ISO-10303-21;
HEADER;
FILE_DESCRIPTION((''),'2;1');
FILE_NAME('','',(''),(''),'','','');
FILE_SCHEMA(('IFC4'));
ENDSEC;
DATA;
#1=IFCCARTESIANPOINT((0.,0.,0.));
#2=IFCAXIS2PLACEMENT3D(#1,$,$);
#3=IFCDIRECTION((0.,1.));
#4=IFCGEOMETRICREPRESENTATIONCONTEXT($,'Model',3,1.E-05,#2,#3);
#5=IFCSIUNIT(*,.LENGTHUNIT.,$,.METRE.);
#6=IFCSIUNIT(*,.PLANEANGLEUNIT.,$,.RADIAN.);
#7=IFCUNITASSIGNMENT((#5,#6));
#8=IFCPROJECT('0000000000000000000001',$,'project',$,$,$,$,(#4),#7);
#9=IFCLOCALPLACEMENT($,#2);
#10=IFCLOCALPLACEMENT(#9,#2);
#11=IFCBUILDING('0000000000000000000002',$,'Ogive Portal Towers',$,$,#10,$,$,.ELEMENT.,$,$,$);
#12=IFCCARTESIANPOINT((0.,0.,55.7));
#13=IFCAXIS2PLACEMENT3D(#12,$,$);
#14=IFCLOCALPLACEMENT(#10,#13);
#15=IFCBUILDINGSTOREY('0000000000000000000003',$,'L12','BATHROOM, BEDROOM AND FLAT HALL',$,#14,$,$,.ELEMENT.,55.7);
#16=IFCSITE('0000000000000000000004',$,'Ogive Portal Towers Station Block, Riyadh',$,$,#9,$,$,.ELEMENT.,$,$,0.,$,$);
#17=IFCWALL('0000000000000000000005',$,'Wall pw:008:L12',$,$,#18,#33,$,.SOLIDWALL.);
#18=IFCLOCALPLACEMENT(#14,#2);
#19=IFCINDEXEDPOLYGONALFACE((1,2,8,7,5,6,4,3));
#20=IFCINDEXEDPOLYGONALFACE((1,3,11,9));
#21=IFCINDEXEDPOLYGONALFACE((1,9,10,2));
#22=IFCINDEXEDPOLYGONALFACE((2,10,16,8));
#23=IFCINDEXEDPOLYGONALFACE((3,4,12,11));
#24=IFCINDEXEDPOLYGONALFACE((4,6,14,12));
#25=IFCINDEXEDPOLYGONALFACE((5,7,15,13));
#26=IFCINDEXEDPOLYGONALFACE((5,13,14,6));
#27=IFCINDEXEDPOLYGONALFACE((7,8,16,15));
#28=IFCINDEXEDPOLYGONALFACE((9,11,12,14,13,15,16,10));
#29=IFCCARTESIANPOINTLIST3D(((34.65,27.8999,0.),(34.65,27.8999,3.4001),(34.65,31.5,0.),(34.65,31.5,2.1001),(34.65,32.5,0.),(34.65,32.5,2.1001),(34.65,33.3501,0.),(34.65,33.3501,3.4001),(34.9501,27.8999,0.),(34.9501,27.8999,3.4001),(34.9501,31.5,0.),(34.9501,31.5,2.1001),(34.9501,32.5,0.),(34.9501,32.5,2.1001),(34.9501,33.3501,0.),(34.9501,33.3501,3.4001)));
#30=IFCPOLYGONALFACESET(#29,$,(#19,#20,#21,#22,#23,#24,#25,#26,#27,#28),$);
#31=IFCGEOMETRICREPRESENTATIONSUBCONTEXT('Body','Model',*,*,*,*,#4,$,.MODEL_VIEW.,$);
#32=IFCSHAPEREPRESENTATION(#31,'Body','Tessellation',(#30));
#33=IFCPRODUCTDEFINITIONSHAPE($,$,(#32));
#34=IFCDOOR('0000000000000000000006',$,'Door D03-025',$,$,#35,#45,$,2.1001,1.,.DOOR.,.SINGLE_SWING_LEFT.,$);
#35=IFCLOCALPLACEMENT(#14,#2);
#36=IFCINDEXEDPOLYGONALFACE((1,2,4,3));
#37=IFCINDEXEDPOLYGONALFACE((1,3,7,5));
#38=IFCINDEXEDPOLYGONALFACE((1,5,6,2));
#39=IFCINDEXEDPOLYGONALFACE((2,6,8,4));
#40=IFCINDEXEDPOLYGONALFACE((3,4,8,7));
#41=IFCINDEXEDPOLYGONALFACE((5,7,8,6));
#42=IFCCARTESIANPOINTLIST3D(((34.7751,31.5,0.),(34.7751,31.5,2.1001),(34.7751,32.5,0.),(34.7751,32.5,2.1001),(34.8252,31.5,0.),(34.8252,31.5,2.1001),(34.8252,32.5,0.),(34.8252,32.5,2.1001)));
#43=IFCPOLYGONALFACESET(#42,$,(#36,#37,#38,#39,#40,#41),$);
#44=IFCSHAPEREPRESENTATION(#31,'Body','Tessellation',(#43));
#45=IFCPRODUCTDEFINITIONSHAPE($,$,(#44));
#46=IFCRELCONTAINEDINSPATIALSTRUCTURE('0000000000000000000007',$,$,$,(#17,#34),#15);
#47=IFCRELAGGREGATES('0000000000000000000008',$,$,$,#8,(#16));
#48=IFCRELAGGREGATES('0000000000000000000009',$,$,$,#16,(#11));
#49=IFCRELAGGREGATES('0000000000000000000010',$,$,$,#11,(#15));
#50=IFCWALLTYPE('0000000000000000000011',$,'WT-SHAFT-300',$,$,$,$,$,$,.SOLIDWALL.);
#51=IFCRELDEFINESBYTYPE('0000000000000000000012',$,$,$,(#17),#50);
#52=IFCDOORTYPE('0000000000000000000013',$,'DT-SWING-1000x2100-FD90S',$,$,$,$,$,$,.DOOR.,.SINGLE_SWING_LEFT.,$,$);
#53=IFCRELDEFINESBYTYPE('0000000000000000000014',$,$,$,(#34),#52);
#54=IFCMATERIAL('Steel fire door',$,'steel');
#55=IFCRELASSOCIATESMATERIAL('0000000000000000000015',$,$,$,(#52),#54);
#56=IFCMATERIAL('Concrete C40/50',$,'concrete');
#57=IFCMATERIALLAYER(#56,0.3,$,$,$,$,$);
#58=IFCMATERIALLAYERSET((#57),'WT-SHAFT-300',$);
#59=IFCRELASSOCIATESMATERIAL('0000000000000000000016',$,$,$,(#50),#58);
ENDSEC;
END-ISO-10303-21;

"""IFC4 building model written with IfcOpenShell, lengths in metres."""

from ifc_helpers import new_model, si_unit, direction, frame, frame_2d, origin, place, context, subcontext, project, spatial, rectangle, extrude, material, layer, layer_set, type_object, element, fill, save


model = new_model("IFC4")

# Units and contexts
model_context = context("Model", 3, precision=1e-05, world=origin(), true_north=direction((0.0, 1.0)))
body_context = subcontext(model_context, "Body", "Model", "MODEL_VIEW")
ifc_project = project(units=[si_unit("LENGTHUNIT", "METRE"), si_unit("PLANEANGLEUNIT", "RADIAN")], contexts=[model_context])

# Site, building, storey
site_placement = place(None, origin())
site = spatial("IfcSite", under=ifc_project, at=site_placement, Name="Ogive Portal Towers Station Block, Riyadh", CompositionType="ELEMENT", RefElevation=0.0)
building_placement = place(site_placement, origin())
building = spatial("IfcBuilding", under=site, at=building_placement, Name="Ogive Portal Towers", CompositionType="ELEMENT")
storey_placement = place(building_placement, frame((0.0, 0.0, 55.7)))
storey = spatial("IfcBuildingStorey", under=building, at=storey_placement, Name="L12", Description="BATHROOM, BEDROOM AND FLAT HALL", CompositionType="ELEMENT", Elevation=55.7)

# Shared definitions
ifc_material_1 = material(Name="Steel fire door", Category="steel")
door_type_1 = type_object("IfcDoorType", Name="DT-SWING-1000x2100-FD90S", OperationType="SINGLE_SWING_LEFT", PredefinedType="DOOR", material=ifc_material_1)

# Shared definitions
ifc_material_2 = material(Name="Concrete C40/50", Category="concrete")
ifc_layer_1 = layer(ifc_material_2, 0.3)
ifc_layer_set_1 = layer_set([ifc_layer_1], Name="WT-SHAFT-300")
wall_type_1 = type_object("IfcWallType", Name="WT-SHAFT-300", PredefinedType="SOLIDWALL", material=ifc_layer_set_1)

# Wall, opening, door
wall_1_placement = place(storey_placement, frame((34.8, 27.8999, 0.0), z_axis=(0.0, 0.0, 1.0), x_axis=(0.0, 1.0, 0.0)))
wall_1 = element("IfcWall", 1, at=wall_1_placement, inside=storey, type_object=wall_type_1, Name="Wall pw:008:L12", PredefinedType="SOLIDWALL", context=body_context, shape_type="SweptSolid", body=[
    extrude(rectangle(XDim=5.4502, YDim=0.3, at=frame_2d((2.7251, 0.0))), origin(), (0.0, 0.0, 1.0), 3.4001),
])
opening_1_placement = place(wall_1_placement, frame((3.6001, 0.0, 0.0)))
opening_1 = element("IfcOpeningElement", 2, at=opening_1_placement, cuts=wall_1, PredefinedType="OPENING", context=body_context, shape_type="SweptSolid", body=[
    extrude(rectangle(XDim=1.0, YDim=2.1001, at=frame_2d((0.5, 1.05))), frame((0.0, 0.1602, 0.0), z_axis=(0.0, -1.0, 0.0), x_axis=(1.0, 0.0, 0.0)), (0.0, 0.0, 1.0), 0.3201),
])
door_1_placement = place(opening_1_placement, origin())
door_1 = element("IfcDoor", 3, at=door_1_placement, inside=storey, type_object=door_type_1, Name="Door D03-025", OperationType="SINGLE_SWING_LEFT", OverallHeight=2.1001, OverallWidth=1.0, PredefinedType="DOOR", context=body_context, shape_type="SweptSolid", body=[
    extrude(rectangle(XDim=1.0, YDim=2.1001, at=frame_2d((0.5, 1.05))), frame((0.0, 0.0249, 0.0), z_axis=(0.0, -1.0, 0.0), x_axis=(1.0, 0.0, 0.0)), (0.0, 0.0, 1.0), 0.05),
])
fill(opening_1, door_1)

save(model, "model.ifc")
